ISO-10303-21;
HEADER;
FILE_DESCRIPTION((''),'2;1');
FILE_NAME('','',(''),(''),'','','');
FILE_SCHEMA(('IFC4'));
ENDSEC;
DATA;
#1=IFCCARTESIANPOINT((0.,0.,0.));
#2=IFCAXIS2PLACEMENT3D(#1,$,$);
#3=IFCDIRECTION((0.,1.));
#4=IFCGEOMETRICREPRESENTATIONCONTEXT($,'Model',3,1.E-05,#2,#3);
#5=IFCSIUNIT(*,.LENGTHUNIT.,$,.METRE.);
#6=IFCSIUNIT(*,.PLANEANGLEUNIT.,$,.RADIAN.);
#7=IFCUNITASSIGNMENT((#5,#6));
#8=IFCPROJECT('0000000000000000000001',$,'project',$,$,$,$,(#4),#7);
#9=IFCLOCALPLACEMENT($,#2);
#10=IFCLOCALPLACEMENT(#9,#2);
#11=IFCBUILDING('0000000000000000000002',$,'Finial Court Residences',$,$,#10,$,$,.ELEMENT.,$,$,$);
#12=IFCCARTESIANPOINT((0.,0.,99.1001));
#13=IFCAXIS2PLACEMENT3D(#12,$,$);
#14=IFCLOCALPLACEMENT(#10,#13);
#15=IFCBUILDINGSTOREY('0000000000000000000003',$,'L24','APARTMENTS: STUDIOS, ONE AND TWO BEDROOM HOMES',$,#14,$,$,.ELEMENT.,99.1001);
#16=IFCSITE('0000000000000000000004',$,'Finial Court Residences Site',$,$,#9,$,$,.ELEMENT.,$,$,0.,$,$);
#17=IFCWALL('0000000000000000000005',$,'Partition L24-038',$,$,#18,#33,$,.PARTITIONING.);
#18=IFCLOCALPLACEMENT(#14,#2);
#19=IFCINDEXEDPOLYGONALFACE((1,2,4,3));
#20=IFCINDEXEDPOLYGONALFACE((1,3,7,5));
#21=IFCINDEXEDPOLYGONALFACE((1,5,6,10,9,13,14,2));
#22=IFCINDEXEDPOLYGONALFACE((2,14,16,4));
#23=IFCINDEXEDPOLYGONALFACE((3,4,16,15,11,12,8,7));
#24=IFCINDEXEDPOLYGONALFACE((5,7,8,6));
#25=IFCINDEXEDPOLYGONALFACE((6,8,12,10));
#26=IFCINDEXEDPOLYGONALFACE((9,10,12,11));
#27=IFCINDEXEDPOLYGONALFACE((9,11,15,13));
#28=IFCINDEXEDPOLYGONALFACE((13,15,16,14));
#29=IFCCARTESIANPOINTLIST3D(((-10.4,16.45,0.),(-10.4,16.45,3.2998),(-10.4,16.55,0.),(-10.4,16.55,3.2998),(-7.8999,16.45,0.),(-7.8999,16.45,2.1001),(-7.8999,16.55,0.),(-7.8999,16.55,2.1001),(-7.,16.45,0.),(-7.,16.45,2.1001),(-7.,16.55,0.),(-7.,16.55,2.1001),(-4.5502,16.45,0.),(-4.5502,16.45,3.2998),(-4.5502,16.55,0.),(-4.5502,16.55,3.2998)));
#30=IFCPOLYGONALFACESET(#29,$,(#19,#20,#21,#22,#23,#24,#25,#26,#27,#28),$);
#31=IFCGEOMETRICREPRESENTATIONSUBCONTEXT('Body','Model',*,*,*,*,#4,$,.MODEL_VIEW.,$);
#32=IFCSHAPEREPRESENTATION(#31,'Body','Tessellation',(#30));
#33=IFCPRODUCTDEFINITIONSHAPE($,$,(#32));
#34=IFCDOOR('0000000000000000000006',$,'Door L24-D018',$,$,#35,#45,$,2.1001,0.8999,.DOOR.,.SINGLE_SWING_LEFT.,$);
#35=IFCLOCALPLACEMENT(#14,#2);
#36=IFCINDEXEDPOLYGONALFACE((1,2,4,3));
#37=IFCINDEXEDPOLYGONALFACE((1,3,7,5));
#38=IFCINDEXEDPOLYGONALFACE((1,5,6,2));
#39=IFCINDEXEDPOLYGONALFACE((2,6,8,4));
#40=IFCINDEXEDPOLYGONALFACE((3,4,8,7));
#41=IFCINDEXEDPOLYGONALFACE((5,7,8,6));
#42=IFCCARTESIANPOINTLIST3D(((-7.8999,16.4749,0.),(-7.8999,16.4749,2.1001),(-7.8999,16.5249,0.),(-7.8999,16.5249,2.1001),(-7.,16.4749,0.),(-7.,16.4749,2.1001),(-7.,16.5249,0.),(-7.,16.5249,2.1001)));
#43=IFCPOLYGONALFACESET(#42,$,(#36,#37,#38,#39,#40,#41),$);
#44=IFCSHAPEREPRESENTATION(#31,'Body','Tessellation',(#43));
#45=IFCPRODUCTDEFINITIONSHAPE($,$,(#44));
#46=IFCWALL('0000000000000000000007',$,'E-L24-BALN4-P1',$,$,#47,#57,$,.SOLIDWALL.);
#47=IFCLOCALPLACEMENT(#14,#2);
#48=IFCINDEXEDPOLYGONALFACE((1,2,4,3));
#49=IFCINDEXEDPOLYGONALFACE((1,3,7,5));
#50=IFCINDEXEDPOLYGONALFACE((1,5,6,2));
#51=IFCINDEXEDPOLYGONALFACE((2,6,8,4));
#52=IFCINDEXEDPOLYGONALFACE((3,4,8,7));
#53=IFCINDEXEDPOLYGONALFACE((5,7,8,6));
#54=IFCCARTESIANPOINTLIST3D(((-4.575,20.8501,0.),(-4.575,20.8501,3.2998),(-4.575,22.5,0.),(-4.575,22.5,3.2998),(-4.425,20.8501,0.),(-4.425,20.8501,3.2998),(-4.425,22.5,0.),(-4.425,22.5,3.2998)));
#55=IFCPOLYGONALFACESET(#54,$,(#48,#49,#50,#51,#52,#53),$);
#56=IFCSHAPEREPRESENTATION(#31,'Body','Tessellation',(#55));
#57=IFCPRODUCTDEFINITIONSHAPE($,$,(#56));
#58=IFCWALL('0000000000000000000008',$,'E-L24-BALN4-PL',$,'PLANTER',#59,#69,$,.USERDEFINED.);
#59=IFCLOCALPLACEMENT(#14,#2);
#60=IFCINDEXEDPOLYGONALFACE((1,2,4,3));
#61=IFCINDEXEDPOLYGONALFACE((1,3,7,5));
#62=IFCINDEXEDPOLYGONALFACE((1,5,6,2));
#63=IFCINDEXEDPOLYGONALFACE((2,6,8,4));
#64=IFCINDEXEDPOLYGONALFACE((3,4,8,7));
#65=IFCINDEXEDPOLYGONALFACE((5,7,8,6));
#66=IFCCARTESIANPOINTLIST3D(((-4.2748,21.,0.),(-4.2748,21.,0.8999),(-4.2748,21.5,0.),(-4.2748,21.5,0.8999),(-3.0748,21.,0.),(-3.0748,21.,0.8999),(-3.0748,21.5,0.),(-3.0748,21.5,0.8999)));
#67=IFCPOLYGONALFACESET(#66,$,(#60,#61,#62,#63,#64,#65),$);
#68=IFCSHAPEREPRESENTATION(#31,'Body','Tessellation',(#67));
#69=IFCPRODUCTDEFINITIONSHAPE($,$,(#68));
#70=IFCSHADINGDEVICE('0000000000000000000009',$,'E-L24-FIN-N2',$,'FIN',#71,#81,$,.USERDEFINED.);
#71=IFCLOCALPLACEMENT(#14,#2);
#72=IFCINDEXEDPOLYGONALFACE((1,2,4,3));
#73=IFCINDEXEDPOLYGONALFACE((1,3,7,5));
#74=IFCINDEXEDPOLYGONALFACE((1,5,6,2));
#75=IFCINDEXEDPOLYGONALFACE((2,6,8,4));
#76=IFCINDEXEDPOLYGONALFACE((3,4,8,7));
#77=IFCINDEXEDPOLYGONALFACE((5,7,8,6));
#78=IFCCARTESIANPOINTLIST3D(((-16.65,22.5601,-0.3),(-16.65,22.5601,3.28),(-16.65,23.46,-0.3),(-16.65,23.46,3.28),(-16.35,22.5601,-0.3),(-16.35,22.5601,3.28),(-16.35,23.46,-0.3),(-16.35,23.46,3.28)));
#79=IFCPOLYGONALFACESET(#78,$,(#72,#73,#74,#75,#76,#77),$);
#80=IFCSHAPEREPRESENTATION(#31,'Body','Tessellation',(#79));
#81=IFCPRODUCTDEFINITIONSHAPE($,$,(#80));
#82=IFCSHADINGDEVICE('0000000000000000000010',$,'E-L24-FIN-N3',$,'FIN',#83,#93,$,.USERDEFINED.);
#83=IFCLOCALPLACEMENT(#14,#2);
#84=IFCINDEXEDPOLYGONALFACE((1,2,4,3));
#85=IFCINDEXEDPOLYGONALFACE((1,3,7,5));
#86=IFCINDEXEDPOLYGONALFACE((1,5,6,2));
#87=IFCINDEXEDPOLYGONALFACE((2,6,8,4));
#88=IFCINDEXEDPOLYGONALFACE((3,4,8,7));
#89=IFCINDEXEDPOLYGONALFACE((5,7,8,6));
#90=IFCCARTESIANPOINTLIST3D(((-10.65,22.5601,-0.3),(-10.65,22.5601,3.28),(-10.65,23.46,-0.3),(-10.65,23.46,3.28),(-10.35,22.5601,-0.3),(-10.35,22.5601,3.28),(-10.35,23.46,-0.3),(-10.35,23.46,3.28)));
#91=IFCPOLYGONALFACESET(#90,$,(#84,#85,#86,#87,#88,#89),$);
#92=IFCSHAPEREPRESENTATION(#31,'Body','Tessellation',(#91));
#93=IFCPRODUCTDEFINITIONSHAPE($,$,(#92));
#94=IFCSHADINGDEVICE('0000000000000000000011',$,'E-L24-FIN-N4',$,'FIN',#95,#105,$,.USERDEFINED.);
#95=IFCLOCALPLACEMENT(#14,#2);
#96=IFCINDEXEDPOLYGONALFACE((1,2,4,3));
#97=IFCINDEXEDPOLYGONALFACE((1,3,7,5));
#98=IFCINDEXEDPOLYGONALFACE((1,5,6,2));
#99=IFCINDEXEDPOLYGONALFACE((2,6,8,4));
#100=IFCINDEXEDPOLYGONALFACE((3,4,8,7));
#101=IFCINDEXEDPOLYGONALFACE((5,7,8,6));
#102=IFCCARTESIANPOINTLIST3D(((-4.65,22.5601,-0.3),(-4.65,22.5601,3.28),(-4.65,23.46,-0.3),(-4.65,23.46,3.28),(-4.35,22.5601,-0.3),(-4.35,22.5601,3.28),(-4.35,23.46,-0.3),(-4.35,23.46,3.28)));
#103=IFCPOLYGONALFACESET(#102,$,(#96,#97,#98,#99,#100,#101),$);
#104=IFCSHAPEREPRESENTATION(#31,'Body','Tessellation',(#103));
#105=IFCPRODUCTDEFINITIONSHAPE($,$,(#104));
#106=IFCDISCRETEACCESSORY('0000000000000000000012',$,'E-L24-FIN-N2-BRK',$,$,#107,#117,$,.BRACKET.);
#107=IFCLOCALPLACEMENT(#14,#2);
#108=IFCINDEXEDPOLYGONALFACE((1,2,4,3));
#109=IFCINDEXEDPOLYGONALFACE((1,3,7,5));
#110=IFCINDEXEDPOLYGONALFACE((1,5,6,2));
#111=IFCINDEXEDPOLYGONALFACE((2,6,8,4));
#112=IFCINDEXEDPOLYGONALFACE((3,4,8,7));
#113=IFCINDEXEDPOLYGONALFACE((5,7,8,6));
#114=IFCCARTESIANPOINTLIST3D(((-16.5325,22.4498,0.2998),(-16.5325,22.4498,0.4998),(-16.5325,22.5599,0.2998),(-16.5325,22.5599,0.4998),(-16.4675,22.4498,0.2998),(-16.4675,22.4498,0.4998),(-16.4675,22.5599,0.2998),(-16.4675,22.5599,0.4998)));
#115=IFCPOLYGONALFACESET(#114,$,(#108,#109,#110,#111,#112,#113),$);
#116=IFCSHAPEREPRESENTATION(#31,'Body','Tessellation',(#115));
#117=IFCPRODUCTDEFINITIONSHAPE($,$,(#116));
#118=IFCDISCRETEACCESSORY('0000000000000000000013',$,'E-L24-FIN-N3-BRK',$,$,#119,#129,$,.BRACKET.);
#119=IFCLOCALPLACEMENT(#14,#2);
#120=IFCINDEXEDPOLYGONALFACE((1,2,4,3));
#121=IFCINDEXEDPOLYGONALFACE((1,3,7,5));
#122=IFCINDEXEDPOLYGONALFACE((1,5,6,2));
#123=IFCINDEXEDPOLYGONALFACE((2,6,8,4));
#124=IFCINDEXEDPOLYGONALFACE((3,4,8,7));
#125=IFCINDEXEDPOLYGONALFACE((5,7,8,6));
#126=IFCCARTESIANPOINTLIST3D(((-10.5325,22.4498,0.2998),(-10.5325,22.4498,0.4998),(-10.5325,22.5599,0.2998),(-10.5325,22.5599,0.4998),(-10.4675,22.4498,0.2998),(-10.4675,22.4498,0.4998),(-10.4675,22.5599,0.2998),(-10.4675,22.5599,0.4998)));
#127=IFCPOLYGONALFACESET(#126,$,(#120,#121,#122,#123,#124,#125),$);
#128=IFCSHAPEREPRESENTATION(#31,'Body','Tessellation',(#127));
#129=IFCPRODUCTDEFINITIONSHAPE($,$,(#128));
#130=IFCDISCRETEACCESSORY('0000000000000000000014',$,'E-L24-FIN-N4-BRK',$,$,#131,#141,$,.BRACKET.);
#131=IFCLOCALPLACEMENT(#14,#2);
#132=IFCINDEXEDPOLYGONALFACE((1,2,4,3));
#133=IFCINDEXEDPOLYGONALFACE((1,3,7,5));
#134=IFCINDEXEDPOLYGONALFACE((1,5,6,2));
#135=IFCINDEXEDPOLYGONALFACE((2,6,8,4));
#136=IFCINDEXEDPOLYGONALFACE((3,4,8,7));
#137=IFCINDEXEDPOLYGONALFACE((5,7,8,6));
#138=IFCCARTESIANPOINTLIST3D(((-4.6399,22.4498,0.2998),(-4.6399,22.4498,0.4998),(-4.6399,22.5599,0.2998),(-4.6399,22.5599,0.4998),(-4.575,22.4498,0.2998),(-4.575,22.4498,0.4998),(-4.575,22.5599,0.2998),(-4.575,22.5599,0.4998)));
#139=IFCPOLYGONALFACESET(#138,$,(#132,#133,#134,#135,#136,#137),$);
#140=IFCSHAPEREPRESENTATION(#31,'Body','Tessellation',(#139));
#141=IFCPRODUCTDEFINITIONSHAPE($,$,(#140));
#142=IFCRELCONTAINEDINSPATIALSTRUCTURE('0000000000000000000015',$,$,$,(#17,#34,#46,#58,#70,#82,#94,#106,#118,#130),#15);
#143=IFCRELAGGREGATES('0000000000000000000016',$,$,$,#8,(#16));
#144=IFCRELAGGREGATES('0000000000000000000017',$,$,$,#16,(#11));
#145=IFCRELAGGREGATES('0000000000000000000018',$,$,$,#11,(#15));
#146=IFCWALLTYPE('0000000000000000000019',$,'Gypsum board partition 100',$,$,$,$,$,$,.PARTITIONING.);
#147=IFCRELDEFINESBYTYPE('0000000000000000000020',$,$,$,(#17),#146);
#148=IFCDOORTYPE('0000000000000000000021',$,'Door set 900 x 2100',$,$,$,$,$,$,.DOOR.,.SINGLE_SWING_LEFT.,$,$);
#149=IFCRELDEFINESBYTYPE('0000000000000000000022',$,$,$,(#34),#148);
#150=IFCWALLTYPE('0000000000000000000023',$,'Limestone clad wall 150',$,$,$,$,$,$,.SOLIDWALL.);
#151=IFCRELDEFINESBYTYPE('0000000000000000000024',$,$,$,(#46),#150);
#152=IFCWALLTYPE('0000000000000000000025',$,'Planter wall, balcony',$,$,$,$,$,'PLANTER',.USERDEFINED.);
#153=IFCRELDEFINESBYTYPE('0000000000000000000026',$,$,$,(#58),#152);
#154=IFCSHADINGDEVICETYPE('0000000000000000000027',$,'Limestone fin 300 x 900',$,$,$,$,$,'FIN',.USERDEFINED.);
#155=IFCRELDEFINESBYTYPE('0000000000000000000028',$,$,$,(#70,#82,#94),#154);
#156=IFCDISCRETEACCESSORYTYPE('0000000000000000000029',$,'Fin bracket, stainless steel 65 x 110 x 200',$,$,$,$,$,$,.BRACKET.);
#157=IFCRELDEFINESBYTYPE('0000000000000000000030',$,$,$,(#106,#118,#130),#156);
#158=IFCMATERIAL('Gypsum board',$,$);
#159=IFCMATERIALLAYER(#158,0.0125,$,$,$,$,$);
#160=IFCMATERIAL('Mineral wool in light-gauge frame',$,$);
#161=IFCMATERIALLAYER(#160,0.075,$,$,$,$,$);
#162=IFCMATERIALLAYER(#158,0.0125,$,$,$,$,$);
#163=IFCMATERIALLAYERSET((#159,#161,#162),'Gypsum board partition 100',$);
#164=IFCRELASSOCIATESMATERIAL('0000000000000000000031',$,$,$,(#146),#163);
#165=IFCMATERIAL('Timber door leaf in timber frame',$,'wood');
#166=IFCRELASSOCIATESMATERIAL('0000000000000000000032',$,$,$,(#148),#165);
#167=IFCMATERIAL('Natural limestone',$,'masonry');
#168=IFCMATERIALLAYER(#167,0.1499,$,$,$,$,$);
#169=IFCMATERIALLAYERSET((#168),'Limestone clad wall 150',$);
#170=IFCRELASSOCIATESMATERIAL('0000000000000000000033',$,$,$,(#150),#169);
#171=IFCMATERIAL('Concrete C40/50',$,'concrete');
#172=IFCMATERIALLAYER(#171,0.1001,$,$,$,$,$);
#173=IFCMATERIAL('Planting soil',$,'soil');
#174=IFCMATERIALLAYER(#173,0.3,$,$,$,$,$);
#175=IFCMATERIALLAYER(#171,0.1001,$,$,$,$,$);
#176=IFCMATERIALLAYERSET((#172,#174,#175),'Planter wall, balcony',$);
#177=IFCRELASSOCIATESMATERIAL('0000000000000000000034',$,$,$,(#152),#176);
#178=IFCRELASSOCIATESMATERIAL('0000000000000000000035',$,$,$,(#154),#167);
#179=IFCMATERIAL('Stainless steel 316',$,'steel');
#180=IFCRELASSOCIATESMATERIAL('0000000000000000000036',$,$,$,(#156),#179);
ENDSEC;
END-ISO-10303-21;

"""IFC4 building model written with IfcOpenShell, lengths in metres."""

from ifc_helpers import new_model, si_unit, direction, frame, frame_2d, origin, origin_2d, place, context, subcontext, project, spatial, rectangle, extrude, material, layer, layer_set, type_object, element, fill, save


model = new_model("IFC4")

# Units and contexts
model_context = context("Model", 3, precision=1e-05, world=origin(), true_north=direction((0.0, 1.0)))
body_context = subcontext(model_context, "Body", "Model", "MODEL_VIEW")
ifc_project = project(units=[si_unit("LENGTHUNIT", "METRE"), si_unit("PLANEANGLEUNIT", "RADIAN")], contexts=[model_context])

# Site, building, storey
site_placement = place(None, origin())
site = spatial("IfcSite", under=ifc_project, at=site_placement, Name="Finial Court Residences Site", CompositionType="ELEMENT", RefElevation=0.0)
building_placement = place(site_placement, origin())
building = spatial("IfcBuilding", under=site, at=building_placement, Name="Finial Court Residences", CompositionType="ELEMENT")
storey_placement = place(building_placement, frame((0.0, 0.0, 99.1001)))
storey = spatial("IfcBuildingStorey", under=building, at=storey_placement, Name="L24", Description="APARTMENTS: STUDIOS, ONE AND TWO BEDROOM HOMES", CompositionType="ELEMENT", Elevation=99.1001)

# Shared definitions
ifc_material_1 = material(Name="Gypsum board")

# Wall, opening, door
ifc_layer_1 = layer(ifc_material_1, 0.0125)
ifc_material_2 = material(Name="Mineral wool in light-gauge frame")
ifc_layer_2 = layer(ifc_material_2, 0.075)
ifc_layer_3 = layer(ifc_material_1, 0.0125)
ifc_layer_set_1 = layer_set([ifc_layer_1, ifc_layer_2, ifc_layer_3], Name="Gypsum board partition 100")
wall_type_1 = type_object("IfcWallType", Name="Gypsum board partition 100", PredefinedType="PARTITIONING", material=ifc_layer_set_1)
wall_1_placement = place(storey_placement, frame((-10.3999, 16.5, 0.0), z_axis=(0.0, 0.0, 1.0), x_axis=(1.0, 0.0, 0.0)))
wall_1 = element("IfcWall", 1, at=wall_1_placement, inside=storey, type_object=wall_type_1, Name="Partition L24-038", PredefinedType="PARTITIONING", context=body_context, shape_type="SweptSolid", body=[
    extrude(rectangle(XDim=5.8499, YDim=0.1001, at=frame_2d((2.9248, 0.0))), origin(), (0.0, 0.0, 1.0), 3.2998),
])
opening_1_placement = place(wall_1_placement, frame((2.5, 0.0, 0.0)))
opening_1 = element("IfcOpeningElement", 2, at=opening_1_placement, cuts=wall_1, PredefinedType="OPENING", context=body_context, shape_type="SweptSolid", body=[
    extrude(rectangle(XDim=0.8999, YDim=2.1001, at=frame_2d((0.45, 1.05))), frame((0.0, 0.0601, 0.0), z_axis=(0.0, -1.0, 0.0), x_axis=(1.0, 0.0, 0.0)), (0.0, 0.0, 1.0), 0.1201),
])
ifc_material_3 = material(Name="Timber door leaf in timber frame", Category="wood")
door_type_1 = type_object("IfcDoorType", Name="Door set 900 x 2100", OperationType="SINGLE_SWING_LEFT", PredefinedType="DOOR", material=ifc_material_3)
door_1_placement = place(opening_1_placement, origin())
door_1 = element("IfcDoor", 3, at=door_1_placement, inside=storey, type_object=door_type_1, Name="Door L24-D018", OperationType="SINGLE_SWING_LEFT", OverallHeight=2.1001, OverallWidth=0.8999, PredefinedType="DOOR", context=body_context, shape_type="SweptSolid", body=[
    extrude(rectangle(XDim=0.8999, YDim=2.1001, at=frame_2d((0.45, 1.05))), frame((0.0, 0.0249, 0.0), z_axis=(0.0, -1.0, 0.0), x_axis=(1.0, 0.0, 0.0)), (0.0, 0.0, 1.0), 0.05),
])
fill(opening_1, door_1)

# Wall
ifc_material_4 = material(Name="Natural limestone", Category="masonry")
ifc_layer_4 = layer(ifc_material_4, 0.1499)
ifc_layer_set_2 = layer_set([ifc_layer_4], Name="Limestone clad wall 150")
wall_type_2 = type_object("IfcWallType", Name="Limestone clad wall 150", PredefinedType="SOLIDWALL", material=ifc_layer_set_2)
wall_2_placement = place(storey_placement, frame((-4.5, 20.8501, 0.0), z_axis=(0.0, 0.0, 1.0), x_axis=(0.0, 1.0, 0.0)))
element("IfcWall", 4, at=wall_2_placement, inside=storey, type_object=wall_type_2, Name="E-L24-BALN4-P1", PredefinedType="SOLIDWALL", context=body_context, shape_type="SweptSolid", body=[
    extrude(rectangle(XDim=1.6499, YDim=0.1499, at=frame_2d((0.825, 0.0))), origin(), (0.0, 0.0, 1.0), 3.2998),
])

# Wall
ifc_material_5 = material(Name="Concrete C40/50", Category="concrete")
ifc_layer_5 = layer(ifc_material_5, 0.1001)
ifc_material_6 = material(Name="Planting soil", Category="soil")
ifc_layer_6 = layer(ifc_material_6, 0.3)
ifc_layer_7 = layer(ifc_material_5, 0.1001)
ifc_layer_set_3 = layer_set([ifc_layer_5, ifc_layer_6, ifc_layer_7], Name="Planter wall, balcony")
wall_type_3 = type_object("IfcWallType", Name="Planter wall, balcony", ElementType="PLANTER", PredefinedType="USERDEFINED", material=ifc_layer_set_3)
wall_3_placement = place(storey_placement, frame((-4.2749, 21.25, 0.0), z_axis=(0.0, 0.0, 1.0), x_axis=(1.0, 0.0, 0.0)))
element("IfcWall", 5, at=wall_3_placement, inside=storey, type_object=wall_type_3, Name="E-L24-BALN4-PL", ObjectType="PLANTER", PredefinedType="USERDEFINED", context=body_context, shape_type="SweptSolid", body=[
    extrude(rectangle(XDim=1.2, YDim=0.5, at=frame_2d((0.6001, 0.0))), origin(), (0.0, 0.0, 1.0), 0.8999),
])

# Shading devices
shading_device_type = type_object("IfcShadingDeviceType", Name="Limestone fin 300 x 900", ElementType="FIN", PredefinedType="USERDEFINED", material=ifc_material_4)
for number, where, z_axis, x_axis, name in (
    (6, (-16.5, 23.01, -0.3), (0.0, 0.0, 1.0), (1.0, 0.0, 0.0), "E-L24-FIN-N2"),
    (7, (-10.5, 23.01, -0.3), (0.0, 0.0, 1.0), (1.0, 0.0, 0.0), "E-L24-FIN-N3"),
    (8, (-4.5, 23.01, -0.3), (0.0, 0.0, 1.0), (1.0, 0.0, 0.0), "E-L24-FIN-N4"),
):
    element("IfcShadingDevice", number, at=place(storey_placement, frame(where, z_axis=z_axis, x_axis=x_axis)), inside=storey, type_object=shading_device_type, Name=name, ObjectType="FIN", PredefinedType="USERDEFINED", context=body_context, shape_type="SweptSolid", body=[
        extrude(rectangle(XDim=0.3, YDim=0.8999, at=origin_2d()), origin(), (0.0, 0.0, 1.0), 3.5801),
    ])

# Discrete accessories
ifc_material_7 = material(Name="Stainless steel 316", Category="steel")
discrete_accessory_type = type_object("IfcDiscreteAccessoryType", Name="Fin bracket, stainless steel 65 x 110 x 200", PredefinedType="BRACKET", material=ifc_material_7)
for number, where, z_axis, x_axis, name in (
    (9, (-16.5, 22.5049, 0.2998), (0.0, 0.0, 1.0), (1.0, 0.0, 0.0), "E-L24-FIN-N2-BRK"),
    (10, (-10.5, 22.5049, 0.2998), (0.0, 0.0, 1.0), (1.0, 0.0, 0.0), "E-L24-FIN-N3-BRK"),
    (11, (-4.6074, 22.5049, 0.2998), (0.0, 0.0, 1.0), (1.0, 0.0, 0.0), "E-L24-FIN-N4-BRK"),
):
    element("IfcDiscreteAccessory", number, at=place(storey_placement, frame(where, z_axis=z_axis, x_axis=x_axis)), inside=storey, type_object=discrete_accessory_type, Name=name, PredefinedType="BRACKET", context=body_context, shape_type="SweptSolid", body=[
        extrude(rectangle(XDim=0.0649, YDim=0.1101, at=origin_2d()), origin(), (0.0, 0.0, 1.0), 0.2),
    ])

save(model, "model.ifc")
